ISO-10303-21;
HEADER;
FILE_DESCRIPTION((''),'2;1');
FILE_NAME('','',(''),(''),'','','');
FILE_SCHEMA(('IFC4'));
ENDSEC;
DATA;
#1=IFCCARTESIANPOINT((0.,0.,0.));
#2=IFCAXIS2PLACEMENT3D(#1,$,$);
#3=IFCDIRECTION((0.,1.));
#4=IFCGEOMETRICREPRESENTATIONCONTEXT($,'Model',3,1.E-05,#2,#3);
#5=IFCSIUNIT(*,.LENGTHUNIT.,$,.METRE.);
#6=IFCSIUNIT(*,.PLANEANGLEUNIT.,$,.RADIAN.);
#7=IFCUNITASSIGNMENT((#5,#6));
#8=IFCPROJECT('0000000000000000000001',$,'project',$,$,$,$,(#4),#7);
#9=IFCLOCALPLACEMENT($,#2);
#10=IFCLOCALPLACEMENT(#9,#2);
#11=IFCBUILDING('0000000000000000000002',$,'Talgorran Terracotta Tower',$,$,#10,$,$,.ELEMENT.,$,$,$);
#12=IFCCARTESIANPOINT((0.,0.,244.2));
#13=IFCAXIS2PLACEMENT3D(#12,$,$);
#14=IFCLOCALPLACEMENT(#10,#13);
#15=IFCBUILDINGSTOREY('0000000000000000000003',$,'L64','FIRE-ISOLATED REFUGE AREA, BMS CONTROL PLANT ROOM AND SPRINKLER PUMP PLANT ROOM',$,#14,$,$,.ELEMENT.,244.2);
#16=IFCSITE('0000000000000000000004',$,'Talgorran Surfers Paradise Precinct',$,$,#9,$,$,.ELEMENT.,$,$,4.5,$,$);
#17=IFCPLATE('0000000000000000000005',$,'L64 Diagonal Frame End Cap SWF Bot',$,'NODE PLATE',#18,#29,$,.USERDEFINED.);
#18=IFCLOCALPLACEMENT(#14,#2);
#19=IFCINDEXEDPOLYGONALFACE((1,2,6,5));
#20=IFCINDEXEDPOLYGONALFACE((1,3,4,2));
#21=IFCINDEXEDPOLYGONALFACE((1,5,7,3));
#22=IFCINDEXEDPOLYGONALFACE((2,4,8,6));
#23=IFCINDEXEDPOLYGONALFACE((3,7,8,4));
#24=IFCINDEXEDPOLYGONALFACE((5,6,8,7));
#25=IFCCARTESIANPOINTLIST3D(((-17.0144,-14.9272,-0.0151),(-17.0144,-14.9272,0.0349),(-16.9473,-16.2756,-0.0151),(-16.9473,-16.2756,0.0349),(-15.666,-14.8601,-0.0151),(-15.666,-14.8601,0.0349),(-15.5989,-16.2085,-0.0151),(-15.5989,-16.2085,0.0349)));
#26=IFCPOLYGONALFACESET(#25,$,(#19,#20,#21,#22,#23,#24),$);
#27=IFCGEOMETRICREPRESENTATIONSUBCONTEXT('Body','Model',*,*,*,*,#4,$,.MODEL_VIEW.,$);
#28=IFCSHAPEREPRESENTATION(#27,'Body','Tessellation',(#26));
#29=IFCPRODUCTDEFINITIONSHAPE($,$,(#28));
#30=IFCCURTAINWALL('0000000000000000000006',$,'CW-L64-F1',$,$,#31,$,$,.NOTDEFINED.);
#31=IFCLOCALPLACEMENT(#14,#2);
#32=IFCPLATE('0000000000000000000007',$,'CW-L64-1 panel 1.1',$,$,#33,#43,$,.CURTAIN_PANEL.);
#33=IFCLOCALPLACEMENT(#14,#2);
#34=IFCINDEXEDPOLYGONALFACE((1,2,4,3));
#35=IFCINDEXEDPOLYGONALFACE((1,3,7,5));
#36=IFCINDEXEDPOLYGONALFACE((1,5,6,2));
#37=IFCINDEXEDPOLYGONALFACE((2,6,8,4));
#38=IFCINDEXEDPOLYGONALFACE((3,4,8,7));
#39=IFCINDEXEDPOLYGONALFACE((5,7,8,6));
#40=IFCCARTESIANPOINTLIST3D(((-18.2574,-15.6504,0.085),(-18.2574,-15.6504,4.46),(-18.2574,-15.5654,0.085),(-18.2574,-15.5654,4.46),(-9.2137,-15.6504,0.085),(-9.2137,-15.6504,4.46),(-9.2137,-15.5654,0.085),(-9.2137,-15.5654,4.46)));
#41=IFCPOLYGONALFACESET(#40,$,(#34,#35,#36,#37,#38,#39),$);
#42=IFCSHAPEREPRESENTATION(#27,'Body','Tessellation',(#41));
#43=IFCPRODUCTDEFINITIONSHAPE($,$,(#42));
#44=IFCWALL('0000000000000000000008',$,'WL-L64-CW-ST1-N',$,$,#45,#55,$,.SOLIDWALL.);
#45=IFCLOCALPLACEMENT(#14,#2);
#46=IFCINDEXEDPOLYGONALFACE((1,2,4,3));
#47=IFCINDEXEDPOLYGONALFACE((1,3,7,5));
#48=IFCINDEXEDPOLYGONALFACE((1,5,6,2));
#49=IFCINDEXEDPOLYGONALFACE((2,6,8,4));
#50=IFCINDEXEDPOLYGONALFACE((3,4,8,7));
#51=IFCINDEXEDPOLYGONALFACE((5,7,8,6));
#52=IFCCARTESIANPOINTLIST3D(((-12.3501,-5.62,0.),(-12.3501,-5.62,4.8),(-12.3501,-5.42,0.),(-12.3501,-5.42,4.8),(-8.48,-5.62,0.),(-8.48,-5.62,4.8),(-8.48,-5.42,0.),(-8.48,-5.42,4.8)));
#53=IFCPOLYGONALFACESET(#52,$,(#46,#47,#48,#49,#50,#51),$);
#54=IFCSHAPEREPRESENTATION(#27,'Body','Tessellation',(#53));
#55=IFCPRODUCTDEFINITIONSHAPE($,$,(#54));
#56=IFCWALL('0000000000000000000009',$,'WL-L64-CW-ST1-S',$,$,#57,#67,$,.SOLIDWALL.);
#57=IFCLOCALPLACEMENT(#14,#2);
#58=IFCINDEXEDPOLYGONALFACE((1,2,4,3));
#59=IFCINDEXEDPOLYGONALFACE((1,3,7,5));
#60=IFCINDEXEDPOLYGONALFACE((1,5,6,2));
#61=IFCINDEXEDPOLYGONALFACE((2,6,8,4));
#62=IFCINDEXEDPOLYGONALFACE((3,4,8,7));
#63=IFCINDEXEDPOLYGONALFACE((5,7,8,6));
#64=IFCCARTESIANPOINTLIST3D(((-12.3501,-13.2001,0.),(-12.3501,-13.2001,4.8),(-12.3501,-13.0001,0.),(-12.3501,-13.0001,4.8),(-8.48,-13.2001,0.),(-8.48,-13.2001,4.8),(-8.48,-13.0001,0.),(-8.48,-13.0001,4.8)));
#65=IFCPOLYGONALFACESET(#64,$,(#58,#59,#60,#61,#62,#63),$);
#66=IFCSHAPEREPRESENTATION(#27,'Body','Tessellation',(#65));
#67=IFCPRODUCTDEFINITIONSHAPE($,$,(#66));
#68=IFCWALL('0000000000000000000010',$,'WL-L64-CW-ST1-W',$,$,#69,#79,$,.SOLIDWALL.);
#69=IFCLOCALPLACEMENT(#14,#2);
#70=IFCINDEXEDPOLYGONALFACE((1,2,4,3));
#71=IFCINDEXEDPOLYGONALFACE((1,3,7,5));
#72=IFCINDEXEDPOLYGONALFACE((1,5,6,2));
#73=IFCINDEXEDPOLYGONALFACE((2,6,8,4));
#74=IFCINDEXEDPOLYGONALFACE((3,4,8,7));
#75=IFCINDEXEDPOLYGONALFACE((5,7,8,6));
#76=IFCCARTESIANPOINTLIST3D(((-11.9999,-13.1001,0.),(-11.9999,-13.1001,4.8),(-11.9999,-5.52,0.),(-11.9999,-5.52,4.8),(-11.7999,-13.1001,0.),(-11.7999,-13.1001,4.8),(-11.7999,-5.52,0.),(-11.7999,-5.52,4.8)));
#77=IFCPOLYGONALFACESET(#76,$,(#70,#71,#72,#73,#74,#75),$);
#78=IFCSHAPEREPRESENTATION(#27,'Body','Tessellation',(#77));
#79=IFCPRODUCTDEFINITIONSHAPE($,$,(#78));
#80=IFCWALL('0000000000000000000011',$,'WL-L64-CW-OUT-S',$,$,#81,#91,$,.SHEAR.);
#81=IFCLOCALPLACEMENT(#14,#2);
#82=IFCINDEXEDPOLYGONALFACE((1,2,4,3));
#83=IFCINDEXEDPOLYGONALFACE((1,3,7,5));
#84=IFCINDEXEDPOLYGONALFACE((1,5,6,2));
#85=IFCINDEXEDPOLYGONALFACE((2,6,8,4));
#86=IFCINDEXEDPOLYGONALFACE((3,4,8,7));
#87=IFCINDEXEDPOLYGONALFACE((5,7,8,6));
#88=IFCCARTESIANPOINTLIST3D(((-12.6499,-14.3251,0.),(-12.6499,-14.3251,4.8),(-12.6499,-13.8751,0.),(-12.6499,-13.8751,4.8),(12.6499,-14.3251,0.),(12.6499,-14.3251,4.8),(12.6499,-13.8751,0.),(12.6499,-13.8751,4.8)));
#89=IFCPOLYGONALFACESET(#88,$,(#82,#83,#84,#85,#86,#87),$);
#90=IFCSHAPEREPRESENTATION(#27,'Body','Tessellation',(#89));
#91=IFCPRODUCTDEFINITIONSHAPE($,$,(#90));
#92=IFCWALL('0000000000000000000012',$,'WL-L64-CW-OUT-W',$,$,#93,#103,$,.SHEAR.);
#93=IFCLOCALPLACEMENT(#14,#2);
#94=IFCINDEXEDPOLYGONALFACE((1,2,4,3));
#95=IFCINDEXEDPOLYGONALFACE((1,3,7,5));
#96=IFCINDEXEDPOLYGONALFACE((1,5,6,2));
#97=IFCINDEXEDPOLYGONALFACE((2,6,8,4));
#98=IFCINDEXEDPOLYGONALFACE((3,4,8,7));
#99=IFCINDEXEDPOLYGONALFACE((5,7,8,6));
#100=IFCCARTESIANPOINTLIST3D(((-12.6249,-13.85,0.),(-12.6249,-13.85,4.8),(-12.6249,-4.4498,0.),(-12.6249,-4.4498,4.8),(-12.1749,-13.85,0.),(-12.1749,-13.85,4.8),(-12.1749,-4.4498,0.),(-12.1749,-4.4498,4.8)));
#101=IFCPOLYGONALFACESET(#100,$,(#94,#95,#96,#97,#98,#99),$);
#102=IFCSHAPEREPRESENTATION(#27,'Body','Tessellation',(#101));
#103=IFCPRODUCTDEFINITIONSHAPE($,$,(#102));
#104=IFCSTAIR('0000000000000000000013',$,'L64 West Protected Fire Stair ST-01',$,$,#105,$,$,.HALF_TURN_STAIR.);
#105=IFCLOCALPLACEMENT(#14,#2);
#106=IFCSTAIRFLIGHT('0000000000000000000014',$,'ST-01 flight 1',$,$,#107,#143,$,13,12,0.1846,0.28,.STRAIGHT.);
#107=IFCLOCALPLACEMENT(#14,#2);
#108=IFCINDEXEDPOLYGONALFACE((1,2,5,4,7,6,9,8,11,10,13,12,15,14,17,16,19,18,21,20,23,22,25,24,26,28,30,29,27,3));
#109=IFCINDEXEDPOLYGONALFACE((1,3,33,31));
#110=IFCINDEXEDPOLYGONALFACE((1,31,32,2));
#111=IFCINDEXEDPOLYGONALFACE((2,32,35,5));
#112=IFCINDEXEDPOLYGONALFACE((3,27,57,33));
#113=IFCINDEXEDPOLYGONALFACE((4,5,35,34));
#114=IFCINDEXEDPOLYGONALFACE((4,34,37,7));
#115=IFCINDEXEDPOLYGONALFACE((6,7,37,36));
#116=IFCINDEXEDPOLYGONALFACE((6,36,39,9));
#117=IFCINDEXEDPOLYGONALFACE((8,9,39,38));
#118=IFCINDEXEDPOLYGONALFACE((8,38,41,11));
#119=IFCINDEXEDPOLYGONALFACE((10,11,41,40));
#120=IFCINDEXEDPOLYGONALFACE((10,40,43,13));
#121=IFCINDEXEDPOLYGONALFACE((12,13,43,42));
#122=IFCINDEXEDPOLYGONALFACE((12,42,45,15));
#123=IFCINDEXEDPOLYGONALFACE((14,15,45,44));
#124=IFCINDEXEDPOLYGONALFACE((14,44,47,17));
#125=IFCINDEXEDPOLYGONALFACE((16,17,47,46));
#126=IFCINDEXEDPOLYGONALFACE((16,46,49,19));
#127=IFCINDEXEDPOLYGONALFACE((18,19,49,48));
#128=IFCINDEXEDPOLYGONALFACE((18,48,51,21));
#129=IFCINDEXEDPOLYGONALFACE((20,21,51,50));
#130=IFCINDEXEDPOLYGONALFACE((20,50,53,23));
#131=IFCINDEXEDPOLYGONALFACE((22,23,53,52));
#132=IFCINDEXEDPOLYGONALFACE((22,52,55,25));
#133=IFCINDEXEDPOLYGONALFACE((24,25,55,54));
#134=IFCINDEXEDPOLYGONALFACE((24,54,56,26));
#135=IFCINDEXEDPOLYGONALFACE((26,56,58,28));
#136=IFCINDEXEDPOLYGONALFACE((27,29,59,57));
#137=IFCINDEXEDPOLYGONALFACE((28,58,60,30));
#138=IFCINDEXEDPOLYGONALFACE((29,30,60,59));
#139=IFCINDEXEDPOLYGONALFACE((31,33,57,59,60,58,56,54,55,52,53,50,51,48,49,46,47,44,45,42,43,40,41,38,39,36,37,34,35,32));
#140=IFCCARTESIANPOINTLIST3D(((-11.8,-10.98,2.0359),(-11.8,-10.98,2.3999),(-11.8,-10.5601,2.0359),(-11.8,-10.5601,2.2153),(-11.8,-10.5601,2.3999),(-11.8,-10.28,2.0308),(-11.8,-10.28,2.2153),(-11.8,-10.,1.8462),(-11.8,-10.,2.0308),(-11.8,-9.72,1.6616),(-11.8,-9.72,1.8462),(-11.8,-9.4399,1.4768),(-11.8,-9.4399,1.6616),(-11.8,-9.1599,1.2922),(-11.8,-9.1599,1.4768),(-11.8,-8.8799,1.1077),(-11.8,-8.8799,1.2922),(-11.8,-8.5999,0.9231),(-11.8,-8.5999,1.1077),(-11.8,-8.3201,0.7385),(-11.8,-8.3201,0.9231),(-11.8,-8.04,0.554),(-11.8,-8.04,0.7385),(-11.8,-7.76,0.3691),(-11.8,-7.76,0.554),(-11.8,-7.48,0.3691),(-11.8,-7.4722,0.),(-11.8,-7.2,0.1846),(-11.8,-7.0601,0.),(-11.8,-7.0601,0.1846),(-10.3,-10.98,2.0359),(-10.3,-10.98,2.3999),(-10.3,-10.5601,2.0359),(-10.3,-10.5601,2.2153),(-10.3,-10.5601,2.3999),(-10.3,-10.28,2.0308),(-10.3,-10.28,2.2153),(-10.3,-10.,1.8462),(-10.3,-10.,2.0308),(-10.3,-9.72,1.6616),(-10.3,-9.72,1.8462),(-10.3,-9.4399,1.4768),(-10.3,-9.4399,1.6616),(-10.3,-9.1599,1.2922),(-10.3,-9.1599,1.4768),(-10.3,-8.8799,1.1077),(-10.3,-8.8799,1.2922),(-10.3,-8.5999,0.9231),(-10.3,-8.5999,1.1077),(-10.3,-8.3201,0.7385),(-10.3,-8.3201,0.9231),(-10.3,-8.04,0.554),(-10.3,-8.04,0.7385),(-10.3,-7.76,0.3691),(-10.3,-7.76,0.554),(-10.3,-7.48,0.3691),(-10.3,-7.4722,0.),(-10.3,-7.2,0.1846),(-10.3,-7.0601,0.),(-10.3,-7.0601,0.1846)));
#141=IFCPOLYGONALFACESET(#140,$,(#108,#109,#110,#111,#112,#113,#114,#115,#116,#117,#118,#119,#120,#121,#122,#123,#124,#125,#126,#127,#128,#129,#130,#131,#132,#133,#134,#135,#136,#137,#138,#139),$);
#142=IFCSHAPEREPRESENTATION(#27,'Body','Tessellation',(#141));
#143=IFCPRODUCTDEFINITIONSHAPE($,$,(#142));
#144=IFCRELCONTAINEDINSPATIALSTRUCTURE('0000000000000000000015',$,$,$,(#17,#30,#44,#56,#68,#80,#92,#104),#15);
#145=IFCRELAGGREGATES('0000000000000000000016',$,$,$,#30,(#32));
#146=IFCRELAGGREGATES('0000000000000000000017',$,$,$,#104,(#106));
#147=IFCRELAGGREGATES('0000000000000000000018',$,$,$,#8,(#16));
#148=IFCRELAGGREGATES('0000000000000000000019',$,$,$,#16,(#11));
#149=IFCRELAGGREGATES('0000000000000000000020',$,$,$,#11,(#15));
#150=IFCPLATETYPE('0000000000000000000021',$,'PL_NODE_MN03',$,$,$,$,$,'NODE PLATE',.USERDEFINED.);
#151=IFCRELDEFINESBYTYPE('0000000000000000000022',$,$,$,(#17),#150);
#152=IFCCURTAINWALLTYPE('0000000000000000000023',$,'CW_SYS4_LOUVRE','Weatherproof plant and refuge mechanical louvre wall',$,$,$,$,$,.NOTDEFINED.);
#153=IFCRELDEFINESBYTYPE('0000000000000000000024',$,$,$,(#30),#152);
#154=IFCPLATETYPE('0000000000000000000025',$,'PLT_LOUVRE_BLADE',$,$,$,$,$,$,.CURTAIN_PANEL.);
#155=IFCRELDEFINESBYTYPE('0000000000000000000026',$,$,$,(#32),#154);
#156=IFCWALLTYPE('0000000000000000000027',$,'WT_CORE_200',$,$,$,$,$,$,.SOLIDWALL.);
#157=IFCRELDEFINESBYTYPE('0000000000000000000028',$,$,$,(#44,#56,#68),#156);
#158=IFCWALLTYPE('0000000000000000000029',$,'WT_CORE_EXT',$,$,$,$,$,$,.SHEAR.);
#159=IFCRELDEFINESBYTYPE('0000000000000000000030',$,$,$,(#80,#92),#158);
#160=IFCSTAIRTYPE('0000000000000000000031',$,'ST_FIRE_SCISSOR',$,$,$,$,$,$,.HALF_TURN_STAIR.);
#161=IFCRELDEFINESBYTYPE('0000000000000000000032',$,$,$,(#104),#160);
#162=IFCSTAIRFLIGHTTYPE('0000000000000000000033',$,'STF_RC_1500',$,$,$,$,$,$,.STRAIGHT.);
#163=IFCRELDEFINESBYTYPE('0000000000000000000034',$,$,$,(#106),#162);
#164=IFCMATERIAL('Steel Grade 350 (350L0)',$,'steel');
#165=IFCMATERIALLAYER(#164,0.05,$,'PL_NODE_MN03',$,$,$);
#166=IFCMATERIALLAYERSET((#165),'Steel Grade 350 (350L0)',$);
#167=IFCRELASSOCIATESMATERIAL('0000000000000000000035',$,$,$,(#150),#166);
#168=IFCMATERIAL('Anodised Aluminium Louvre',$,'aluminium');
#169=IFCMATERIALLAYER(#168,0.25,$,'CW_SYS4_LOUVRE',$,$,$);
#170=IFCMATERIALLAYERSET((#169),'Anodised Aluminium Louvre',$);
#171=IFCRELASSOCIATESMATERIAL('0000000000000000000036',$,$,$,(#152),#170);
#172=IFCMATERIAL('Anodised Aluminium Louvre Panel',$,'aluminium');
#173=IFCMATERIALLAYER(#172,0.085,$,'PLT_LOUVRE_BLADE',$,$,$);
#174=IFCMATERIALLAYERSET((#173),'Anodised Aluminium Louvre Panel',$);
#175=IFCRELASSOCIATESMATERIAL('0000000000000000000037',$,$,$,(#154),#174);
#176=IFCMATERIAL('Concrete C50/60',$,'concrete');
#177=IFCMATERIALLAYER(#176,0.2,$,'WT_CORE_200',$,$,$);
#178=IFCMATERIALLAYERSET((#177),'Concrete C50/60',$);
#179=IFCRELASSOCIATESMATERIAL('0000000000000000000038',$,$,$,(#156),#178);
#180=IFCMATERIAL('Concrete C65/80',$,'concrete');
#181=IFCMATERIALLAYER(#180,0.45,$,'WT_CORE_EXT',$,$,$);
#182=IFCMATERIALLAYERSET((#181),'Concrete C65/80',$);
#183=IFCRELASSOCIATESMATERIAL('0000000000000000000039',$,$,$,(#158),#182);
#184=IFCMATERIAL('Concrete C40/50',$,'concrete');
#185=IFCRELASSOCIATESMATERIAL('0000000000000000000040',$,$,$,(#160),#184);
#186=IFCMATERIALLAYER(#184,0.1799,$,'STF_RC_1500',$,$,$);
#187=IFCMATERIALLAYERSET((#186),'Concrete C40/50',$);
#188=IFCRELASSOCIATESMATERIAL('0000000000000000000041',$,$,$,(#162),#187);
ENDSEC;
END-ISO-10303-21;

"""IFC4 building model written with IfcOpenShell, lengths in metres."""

from ifc_helpers import new_model, si_unit, direction, frame, frame_2d, origin, origin_2d, place, context, subcontext, project, spatial, polyline, rectangle, outline, extrude, source, transform, mapped, material, layer, layer_set, type_object, type_shapes, element, aggregate, save


model = new_model("IFC4")

# Units and contexts
model_context = context("Model", 3, precision=1e-05, world=origin(), true_north=direction((0.0, 1.0)))
body_context = subcontext(model_context, "Body", "Model", "MODEL_VIEW")
ifc_project = project(units=[si_unit("LENGTHUNIT", "METRE"), si_unit("PLANEANGLEUNIT", "RADIAN")], contexts=[model_context])

# Site, building, storey
site_placement = place(None, origin())
site = spatial("IfcSite", under=ifc_project, at=site_placement, Name="Talgorran Surfers Paradise Precinct", CompositionType="ELEMENT", RefElevation=4.5)
building_placement = place(site_placement, origin())
building = spatial("IfcBuilding", under=site, at=building_placement, Name="Talgorran Terracotta Tower", CompositionType="ELEMENT")
storey_placement = place(building_placement, frame((0.0, 0.0, 244.2)))
storey = spatial("IfcBuildingStorey", under=building, at=storey_placement, Name="L64", Description="FIRE-ISOLATED REFUGE AREA, BMS CONTROL PLANT ROOM AND SPRINKLER PUMP PLANT ROOM", CompositionType="ELEMENT", Elevation=244.2)

# Shared definitions
ifc_material_1 = material(Name="Steel Grade 350 (350L0)", Category="steel")

# Plate
ifc_layer_1 = layer(ifc_material_1, 0.05, Name="PL_NODE_MN03")
ifc_layer_set_1 = layer_set([ifc_layer_1], Name="Steel Grade 350 (350L0)")
plate_type_1 = type_object("IfcPlateType", Name="PL_NODE_MN03", ElementType="NODE PLATE", PredefinedType="USERDEFINED", material=ifc_layer_set_1)
plate_1_placement = place(storey_placement, frame((-16.3066, -15.5679, -0.0151), z_axis=(0.0, 0.0, 1.0), x_axis=(0.998763, 0.049721, 0.0)))
element("IfcPlate", 1, at=plate_1_placement, inside=storey, type_object=plate_type_1, Name="L64 Diagonal Frame End Cap SWF Bot", ObjectType="NODE PLATE", PredefinedType="USERDEFINED", context=body_context, shape_type="SweptSolid", body=[
    extrude(rectangle(XDim=1.3501, YDim=1.3501, at=origin_2d()), origin(), (0.0, 0.0, 1.0), 0.05),
])

# Curtain wall, plate
ifc_material_2 = material(Name="Anodised Aluminium Louvre", Category="aluminium")
ifc_layer_2 = layer(ifc_material_2, 0.25, Name="CW_SYS4_LOUVRE")
ifc_layer_set_2 = layer_set([ifc_layer_2], Name="Anodised Aluminium Louvre")
curtain_wall_type = type_object("IfcCurtainWallType", Name="CW_SYS4_LOUVRE", Description="Weatherproof plant and refuge mechanical louvre wall", PredefinedType="NOTDEFINED", material=ifc_layer_set_2)
curtain_wall_placement = place(storey_placement, origin())
curtain_wall = element("IfcCurtainWall", 2, at=curtain_wall_placement, inside=storey, type_object=curtain_wall_type, Name="CW-L64-F1", PredefinedType="NOTDEFINED")
ifc_material_3 = material(Name="Anodised Aluminium Louvre Panel", Category="aluminium")
ifc_layer_3 = layer(ifc_material_3, 0.085, Name="PLT_LOUVRE_BLADE")
ifc_layer_set_3 = layer_set([ifc_layer_3], Name="Anodised Aluminium Louvre Panel")
plate_type_2 = type_object("IfcPlateType", Name="PLT_LOUVRE_BLADE", PredefinedType="CURTAIN_PANEL", material=ifc_layer_set_3)
shared_shape = source(origin(), body_context, "Body", "SweptSolid", [
    extrude(rectangle(XDim=9.0437, YDim=0.085, at=origin_2d()), origin(), (0.0, 0.0, 1.0), 4.375),
])
type_shapes(plate_type_2, [shared_shape])
plate_2_placement = place(storey_placement, frame((-13.7356, -15.6079, 0.085), z_axis=(0.0, 0.0, 1.0), x_axis=(1.0, 0.0, 0.0)))
plate_2 = element("IfcPlate", 3, at=plate_2_placement, type_object=plate_type_2, Name="CW-L64-1 panel 1.1", PredefinedType="CURTAIN_PANEL", context=body_context, shape_type="MappedRepresentation", body=[
    mapped(shared_shape, transform((0.0, 0.0, 0.0), scale=1.0)),
])
aggregate(curtain_wall, [plate_2])

# Walls
ifc_material_4 = material(Name="Concrete C50/60", Category="concrete")
ifc_layer_4 = layer(ifc_material_4, 0.2, Name="WT_CORE_200")
ifc_layer_set_4 = layer_set([ifc_layer_4], Name="Concrete C50/60")
wall_type_1 = type_object("IfcWallType", Name="WT_CORE_200", PredefinedType="SOLIDWALL", material=ifc_layer_set_4)
for number, where, z_axis, x_axis, name in (
    (4, (-12.3501, -5.52, 0.0), (0.0, 0.0, 1.0), (1.0, 0.0, 0.0), "WL-L64-CW-ST1-N"),
    (5, (-12.3501, -13.1001, 0.0), (0.0, 0.0, 1.0), (1.0, 0.0, 0.0), "WL-L64-CW-ST1-S"),
):
    element("IfcWall", number, at=place(storey_placement, frame(where, z_axis=z_axis, x_axis=x_axis)), inside=storey, type_object=wall_type_1, Name=name, PredefinedType="SOLIDWALL", context=body_context, shape_type="SweptSolid", body=[
        extrude(rectangle(XDim=3.8701, YDim=0.2, at=frame_2d((1.9351, 0.0))), origin(), (0.0, 0.0, 1.0), 4.8),
    ])
wall_1_placement = place(storey_placement, frame((-11.8999, -13.1001, 0.0), z_axis=(0.0, 0.0, 1.0), x_axis=(0.0, 1.0, 0.0)))
element("IfcWall", 6, at=wall_1_placement, inside=storey, type_object=wall_type_1, Name="WL-L64-CW-ST1-W", PredefinedType="SOLIDWALL", context=body_context, shape_type="SweptSolid", body=[
    extrude(rectangle(XDim=7.5801, YDim=0.2, at=frame_2d((3.79, 0.0))), origin(), (0.0, 0.0, 1.0), 4.8),
])
ifc_material_5 = material(Name="Concrete C65/80", Category="concrete")
ifc_layer_5 = layer(ifc_material_5, 0.45, Name="WT_CORE_EXT")
ifc_layer_set_5 = layer_set([ifc_layer_5], Name="Concrete C65/80")
wall_type_2 = type_object("IfcWallType", Name="WT_CORE_EXT", PredefinedType="SHEAR", material=ifc_layer_set_5)
wall_2_placement = place(storey_placement, frame((-12.6499, -14.1001, 0.0), z_axis=(0.0, 0.0, 1.0), x_axis=(1.0, 0.0, 0.0)))
element("IfcWall", 7, at=wall_2_placement, inside=storey, type_object=wall_type_2, Name="WL-L64-CW-OUT-S", PredefinedType="SHEAR", context=body_context, shape_type="SweptSolid", body=[
    extrude(rectangle(XDim=25.2998, YDim=0.45, at=frame_2d((12.6499, 0.0))), origin(), (0.0, 0.0, 1.0), 4.8),
])
wall_3_placement = place(storey_placement, frame((-12.3999, -13.8501, 0.0), z_axis=(0.0, 0.0, 1.0), x_axis=(0.0, 1.0, 0.0)))
element("IfcWall", 8, at=wall_3_placement, inside=storey, type_object=wall_type_2, Name="WL-L64-CW-OUT-W", PredefinedType="SHEAR", context=body_context, shape_type="SweptSolid", body=[
    extrude(rectangle(XDim=9.4001, YDim=0.45, at=frame_2d((4.7002, 0.0))), origin(), (0.0, 0.0, 1.0), 4.8),
])

# Stair, stair flight
ifc_material_6 = material(Name="Concrete C40/50", Category="concrete")
stair_type = type_object("IfcStairType", Name="ST_FIRE_SCISSOR", PredefinedType="HALF_TURN_STAIR", material=ifc_material_6)
stair_placement = place(storey_placement, origin())
stair = element("IfcStair", 9, at=stair_placement, inside=storey, type_object=stair_type, Name="L64 West Protected Fire Stair ST-01", PredefinedType="HALF_TURN_STAIR")
ifc_layer_6 = layer(ifc_material_6, 0.1799, Name="STF_RC_1500")
ifc_layer_set_6 = layer_set([ifc_layer_6], Name="Concrete C40/50")
stair_flight_type = type_object("IfcStairFlightType", Name="STF_RC_1500", PredefinedType="STRAIGHT", material=ifc_layer_set_6)
stair_flight_placement = place(storey_placement, frame((-11.05, -7.2, 0.0), z_axis=(0.0, 0.0, 1.0), x_axis=(0.0, -1.0, 0.0)))
stair_flight = element("IfcStairFlight", 10, at=stair_flight_placement, type_object=stair_flight_type, Name="ST-01 flight 1", NumberOfRisers=13, NumberOfTreads=12, PredefinedType="STRAIGHT", RiserHeight=0.1846, TreadLength=0.28, context=body_context, shape_type="SweptSolid", body=[
    extrude(outline(polyline([(-0.1399, 0.0), (-0.1399, 0.1846), (0.0, 0.1846), (0.28, 0.3691), (0.5601, 0.3691), (0.5601, 0.554), (0.8401, 0.554), (0.8401, 0.7385), (1.1201, 0.7385), (1.1201, 0.9231), (1.3999, 0.9231), (1.3999, 1.1077), (1.6799, 1.1077), (1.6799, 1.2922), (1.96, 1.2922), (1.96, 1.4768), (2.24, 1.4768), (2.24, 1.6616), (2.52, 1.6616), (2.52, 1.8462), (2.8, 1.8462), (2.8, 2.0308), (3.0801, 2.0308), (3.0801, 2.2153), (3.3601, 2.2153), (3.3601, 2.3999), (3.78, 2.3999), (3.78, 2.0359), (3.3601, 2.0359), (0.2722, 0.0), (-0.1399, 0.0)])), frame((0.0, 0.75, 0.0), z_axis=(0.0, -1.0, 0.0), x_axis=(1.0, 0.0, 0.0)), (0.0, 0.0, 1.0), 1.5),
])
aggregate(stair, [stair_flight])

save(model, "model.ifc")
